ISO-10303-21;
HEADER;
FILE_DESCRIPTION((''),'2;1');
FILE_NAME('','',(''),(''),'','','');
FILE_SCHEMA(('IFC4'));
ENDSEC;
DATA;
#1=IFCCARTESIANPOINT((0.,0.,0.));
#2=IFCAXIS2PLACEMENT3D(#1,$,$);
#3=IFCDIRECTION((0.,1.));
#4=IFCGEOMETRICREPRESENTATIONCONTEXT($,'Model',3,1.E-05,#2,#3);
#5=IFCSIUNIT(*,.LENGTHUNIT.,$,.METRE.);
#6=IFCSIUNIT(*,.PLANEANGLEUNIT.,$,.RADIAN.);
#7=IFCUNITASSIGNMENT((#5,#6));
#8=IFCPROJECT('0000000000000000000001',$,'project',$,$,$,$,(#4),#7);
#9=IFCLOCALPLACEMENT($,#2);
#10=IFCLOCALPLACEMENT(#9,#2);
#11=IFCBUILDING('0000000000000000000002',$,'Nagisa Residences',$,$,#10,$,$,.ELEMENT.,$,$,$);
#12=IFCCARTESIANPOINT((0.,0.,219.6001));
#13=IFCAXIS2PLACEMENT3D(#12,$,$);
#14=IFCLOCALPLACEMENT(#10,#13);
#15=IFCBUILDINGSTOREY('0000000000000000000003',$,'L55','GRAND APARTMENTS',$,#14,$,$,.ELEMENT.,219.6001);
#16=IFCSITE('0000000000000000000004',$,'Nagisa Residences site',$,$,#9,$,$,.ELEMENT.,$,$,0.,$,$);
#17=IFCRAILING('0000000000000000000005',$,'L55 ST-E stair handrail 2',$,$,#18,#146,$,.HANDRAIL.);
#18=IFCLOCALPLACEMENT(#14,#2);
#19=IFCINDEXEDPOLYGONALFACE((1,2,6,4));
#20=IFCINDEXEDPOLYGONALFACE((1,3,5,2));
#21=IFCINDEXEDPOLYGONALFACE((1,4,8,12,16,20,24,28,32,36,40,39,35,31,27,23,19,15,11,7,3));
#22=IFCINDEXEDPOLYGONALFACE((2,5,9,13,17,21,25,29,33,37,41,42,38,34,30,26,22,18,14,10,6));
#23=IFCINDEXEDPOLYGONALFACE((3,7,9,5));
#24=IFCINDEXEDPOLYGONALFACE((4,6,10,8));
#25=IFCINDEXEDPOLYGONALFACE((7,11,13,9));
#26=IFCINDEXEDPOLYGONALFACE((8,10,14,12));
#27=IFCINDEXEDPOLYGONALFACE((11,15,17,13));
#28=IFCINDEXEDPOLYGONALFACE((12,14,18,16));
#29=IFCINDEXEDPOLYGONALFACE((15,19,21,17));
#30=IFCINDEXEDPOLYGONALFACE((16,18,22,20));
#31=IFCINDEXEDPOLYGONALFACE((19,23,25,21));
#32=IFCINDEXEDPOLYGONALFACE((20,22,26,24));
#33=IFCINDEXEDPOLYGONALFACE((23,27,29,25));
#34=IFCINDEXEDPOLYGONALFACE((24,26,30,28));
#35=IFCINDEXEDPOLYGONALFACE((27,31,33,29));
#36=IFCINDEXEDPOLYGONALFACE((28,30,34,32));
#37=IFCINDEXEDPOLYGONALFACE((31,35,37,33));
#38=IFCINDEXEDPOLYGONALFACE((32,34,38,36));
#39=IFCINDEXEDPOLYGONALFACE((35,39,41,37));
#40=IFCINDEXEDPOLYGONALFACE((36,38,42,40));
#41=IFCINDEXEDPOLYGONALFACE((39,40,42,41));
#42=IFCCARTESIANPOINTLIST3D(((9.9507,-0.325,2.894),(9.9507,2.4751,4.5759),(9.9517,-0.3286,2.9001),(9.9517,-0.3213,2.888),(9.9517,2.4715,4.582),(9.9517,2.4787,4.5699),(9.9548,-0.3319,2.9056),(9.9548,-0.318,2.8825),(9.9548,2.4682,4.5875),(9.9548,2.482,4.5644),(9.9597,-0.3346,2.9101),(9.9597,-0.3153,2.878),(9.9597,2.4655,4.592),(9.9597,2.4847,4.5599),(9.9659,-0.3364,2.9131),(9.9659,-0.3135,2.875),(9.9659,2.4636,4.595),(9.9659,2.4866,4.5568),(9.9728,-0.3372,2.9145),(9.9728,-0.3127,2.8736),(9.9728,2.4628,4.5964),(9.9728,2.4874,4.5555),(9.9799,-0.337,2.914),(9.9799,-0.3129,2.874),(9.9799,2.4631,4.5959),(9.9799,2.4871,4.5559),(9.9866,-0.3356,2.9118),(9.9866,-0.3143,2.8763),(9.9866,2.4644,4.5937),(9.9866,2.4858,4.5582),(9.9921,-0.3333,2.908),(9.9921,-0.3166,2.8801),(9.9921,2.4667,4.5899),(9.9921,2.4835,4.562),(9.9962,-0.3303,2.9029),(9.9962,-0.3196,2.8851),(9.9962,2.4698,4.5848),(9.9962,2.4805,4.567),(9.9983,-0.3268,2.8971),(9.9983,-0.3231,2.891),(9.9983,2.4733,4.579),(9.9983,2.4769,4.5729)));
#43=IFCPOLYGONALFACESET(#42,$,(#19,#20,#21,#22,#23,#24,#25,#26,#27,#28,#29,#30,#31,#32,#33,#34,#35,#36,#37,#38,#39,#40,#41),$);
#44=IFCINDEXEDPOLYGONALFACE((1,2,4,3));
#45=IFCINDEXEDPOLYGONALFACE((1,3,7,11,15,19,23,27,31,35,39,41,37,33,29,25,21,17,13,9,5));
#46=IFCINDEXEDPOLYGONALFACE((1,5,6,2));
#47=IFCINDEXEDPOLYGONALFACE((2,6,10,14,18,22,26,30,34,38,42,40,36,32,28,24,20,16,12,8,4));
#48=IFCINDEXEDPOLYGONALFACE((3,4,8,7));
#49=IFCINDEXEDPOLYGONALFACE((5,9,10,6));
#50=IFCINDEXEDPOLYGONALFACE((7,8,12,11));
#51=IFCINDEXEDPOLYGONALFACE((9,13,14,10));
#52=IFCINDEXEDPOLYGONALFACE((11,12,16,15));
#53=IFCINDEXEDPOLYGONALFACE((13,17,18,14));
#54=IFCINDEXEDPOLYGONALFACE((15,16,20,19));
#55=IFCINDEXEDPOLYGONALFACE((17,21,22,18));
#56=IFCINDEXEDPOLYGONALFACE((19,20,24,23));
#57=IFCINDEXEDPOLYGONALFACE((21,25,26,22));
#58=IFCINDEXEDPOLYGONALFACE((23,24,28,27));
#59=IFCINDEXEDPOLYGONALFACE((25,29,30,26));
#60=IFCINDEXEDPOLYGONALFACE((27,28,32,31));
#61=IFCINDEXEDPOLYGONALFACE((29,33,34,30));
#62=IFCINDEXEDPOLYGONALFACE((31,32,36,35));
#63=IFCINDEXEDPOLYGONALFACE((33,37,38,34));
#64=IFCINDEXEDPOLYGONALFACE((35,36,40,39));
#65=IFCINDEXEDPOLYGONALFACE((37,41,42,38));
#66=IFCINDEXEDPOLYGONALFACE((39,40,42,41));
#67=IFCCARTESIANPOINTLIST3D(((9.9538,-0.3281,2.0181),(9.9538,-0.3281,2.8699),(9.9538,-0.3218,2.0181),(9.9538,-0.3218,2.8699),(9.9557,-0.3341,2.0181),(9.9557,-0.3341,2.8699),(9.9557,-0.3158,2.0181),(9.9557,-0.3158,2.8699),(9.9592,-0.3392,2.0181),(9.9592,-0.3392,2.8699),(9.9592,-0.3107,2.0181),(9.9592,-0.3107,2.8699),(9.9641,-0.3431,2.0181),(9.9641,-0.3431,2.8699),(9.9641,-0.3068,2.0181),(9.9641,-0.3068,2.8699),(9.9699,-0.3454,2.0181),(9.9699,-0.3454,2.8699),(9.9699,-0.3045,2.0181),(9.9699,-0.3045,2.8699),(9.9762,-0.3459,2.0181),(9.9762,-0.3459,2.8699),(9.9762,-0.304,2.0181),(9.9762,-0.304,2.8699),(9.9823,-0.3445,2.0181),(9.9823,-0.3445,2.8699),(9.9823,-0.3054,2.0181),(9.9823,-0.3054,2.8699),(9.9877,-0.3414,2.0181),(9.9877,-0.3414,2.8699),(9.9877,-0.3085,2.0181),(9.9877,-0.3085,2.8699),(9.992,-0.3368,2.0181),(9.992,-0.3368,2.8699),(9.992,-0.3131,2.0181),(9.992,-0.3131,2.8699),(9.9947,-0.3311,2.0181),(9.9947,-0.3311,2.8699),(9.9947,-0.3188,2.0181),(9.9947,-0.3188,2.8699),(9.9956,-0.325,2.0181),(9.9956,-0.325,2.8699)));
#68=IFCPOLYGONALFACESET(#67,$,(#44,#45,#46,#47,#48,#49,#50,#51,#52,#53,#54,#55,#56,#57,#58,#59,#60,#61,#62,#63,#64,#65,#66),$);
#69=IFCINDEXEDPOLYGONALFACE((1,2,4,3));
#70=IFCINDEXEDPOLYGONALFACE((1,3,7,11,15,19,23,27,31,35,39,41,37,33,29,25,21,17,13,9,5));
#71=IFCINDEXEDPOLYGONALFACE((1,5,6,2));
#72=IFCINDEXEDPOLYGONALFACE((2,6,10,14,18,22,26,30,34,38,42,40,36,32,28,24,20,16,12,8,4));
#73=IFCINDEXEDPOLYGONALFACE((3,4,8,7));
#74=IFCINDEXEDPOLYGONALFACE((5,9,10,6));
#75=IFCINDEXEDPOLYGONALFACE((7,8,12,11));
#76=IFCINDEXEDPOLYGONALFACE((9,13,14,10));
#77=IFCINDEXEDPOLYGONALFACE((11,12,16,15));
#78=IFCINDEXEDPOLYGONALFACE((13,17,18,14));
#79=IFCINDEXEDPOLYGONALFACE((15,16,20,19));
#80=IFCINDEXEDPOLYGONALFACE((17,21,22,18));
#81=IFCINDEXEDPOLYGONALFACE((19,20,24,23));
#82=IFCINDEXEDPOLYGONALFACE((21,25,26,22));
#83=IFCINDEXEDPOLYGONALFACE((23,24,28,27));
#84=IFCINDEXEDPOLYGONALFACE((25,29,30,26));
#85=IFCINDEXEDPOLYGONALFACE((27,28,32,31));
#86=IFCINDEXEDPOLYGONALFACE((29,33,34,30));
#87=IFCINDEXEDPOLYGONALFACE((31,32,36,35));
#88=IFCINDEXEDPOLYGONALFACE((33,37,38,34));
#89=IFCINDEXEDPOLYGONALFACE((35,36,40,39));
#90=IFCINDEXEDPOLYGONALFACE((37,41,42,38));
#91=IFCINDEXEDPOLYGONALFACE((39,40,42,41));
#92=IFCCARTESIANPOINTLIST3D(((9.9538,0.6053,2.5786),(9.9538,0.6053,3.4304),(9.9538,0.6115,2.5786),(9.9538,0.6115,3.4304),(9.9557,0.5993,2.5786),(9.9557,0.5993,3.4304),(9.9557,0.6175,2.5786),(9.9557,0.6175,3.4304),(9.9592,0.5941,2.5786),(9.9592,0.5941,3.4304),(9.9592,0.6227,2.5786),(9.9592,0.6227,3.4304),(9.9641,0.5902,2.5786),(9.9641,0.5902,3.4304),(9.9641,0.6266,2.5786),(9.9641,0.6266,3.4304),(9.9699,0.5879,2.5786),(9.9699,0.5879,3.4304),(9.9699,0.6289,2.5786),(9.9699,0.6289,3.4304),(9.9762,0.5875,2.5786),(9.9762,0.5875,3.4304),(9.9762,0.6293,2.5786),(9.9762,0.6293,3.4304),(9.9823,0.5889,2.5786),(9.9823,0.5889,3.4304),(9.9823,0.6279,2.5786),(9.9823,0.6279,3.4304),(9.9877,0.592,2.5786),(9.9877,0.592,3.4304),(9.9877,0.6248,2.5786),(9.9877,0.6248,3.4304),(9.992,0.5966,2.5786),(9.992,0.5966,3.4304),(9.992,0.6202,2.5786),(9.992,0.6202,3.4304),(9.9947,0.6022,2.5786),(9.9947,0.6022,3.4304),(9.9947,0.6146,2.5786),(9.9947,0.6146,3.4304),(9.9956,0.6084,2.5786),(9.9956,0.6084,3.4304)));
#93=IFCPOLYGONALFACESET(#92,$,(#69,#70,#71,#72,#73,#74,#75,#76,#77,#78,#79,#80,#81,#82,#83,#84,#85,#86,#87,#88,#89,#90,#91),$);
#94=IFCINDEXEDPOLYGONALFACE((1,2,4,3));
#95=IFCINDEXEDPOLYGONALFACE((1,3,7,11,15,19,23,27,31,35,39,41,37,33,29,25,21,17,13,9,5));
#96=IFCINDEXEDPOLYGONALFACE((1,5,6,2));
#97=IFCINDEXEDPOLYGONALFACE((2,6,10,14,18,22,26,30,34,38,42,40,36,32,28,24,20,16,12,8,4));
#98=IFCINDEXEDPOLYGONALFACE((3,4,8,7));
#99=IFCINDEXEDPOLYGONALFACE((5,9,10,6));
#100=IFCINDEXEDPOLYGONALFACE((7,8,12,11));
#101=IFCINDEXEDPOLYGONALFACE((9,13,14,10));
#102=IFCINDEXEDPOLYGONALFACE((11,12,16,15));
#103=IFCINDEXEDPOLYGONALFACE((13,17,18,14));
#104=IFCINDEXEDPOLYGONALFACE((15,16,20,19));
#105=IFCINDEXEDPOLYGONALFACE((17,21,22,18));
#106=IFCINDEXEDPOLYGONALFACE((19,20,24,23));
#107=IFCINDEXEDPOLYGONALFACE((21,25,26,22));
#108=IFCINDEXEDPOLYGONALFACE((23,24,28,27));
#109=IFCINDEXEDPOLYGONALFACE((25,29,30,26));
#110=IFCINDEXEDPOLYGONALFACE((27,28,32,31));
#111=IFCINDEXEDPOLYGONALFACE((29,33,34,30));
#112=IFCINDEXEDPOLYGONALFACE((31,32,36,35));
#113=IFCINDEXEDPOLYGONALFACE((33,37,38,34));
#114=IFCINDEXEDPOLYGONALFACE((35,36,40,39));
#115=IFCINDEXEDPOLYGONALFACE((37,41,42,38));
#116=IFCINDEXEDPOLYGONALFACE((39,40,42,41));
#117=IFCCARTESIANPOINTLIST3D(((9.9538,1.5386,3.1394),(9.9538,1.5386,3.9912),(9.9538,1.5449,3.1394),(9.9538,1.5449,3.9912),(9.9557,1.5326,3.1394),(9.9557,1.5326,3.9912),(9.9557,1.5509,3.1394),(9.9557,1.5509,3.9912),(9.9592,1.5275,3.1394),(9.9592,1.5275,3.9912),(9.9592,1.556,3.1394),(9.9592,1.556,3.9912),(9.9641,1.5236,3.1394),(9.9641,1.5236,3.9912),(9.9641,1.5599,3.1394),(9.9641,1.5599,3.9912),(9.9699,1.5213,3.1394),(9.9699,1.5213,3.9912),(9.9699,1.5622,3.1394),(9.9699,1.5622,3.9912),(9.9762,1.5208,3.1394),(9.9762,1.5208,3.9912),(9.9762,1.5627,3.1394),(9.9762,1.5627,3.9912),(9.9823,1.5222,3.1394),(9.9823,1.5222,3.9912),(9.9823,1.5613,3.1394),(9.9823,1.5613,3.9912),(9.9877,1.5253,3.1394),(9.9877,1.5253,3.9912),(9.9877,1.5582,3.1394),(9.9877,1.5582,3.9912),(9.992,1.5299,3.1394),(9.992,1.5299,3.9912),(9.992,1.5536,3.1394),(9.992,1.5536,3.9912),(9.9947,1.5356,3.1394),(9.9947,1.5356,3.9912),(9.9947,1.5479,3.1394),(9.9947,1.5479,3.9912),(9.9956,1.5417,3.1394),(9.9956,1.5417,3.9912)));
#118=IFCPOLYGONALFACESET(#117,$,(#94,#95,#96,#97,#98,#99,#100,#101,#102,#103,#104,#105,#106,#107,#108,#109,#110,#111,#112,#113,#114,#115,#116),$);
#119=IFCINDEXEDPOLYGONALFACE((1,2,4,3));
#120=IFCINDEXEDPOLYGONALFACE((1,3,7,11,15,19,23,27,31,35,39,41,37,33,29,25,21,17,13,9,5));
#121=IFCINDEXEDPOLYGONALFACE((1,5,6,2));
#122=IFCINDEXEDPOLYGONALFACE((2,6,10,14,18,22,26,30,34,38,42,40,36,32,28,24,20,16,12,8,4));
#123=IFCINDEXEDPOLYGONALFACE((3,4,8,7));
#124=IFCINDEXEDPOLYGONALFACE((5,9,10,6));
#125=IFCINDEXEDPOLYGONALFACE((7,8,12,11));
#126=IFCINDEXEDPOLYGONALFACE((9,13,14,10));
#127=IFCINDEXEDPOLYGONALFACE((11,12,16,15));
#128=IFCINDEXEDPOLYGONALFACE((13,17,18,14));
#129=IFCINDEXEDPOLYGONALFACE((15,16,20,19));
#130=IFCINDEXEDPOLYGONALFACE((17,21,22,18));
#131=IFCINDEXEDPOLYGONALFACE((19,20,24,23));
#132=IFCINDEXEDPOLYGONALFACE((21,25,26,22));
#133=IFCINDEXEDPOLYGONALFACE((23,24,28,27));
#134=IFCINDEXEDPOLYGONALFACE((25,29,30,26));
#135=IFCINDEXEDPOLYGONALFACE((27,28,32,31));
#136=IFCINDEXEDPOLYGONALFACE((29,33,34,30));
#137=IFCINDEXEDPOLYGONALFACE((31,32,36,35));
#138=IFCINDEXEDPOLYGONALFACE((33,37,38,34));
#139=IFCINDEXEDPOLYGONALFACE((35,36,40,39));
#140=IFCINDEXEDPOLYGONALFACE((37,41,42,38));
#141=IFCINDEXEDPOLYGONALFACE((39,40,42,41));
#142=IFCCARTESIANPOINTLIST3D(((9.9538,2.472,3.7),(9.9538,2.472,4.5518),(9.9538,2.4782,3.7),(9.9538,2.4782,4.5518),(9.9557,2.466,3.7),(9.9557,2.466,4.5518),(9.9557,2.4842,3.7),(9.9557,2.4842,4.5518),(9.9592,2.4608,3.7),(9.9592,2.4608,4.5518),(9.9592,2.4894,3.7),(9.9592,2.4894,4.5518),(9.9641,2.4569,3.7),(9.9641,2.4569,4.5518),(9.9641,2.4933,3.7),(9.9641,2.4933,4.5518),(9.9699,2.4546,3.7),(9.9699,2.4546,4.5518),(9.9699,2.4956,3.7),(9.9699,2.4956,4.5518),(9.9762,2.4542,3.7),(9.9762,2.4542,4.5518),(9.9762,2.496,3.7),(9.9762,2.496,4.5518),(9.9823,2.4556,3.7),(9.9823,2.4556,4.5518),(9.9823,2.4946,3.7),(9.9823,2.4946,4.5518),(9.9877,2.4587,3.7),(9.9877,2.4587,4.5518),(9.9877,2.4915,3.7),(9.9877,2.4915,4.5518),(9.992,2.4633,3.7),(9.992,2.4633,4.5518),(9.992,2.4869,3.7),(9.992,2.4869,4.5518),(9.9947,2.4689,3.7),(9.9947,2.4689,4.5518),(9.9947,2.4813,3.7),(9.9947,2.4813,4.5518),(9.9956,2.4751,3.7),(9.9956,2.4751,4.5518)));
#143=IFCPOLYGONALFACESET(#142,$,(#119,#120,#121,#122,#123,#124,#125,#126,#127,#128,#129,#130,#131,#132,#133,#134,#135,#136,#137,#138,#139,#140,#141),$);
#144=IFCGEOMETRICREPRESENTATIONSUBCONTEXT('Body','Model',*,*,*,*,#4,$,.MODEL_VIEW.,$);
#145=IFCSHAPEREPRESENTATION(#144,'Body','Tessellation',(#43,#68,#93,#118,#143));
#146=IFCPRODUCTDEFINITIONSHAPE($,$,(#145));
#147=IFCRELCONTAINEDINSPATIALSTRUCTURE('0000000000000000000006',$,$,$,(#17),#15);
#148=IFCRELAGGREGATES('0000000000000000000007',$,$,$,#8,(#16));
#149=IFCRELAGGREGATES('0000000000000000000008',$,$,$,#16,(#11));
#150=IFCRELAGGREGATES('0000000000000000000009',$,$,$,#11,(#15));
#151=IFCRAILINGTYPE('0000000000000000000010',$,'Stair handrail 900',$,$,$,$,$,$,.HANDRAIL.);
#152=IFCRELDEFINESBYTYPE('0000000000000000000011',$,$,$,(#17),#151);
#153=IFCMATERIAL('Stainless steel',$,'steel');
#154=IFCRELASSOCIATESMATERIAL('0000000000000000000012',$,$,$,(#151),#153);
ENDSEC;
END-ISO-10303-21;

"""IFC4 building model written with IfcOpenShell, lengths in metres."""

from ifc_helpers import new_model, si_unit, direction, frame, origin, origin_2d, place, context, subcontext, project, spatial, circle, extrude, material, type_object, element, save


model = new_model("IFC4")

# Units and contexts
model_context = context("Model", 3, precision=1e-05, world=origin(), true_north=direction((0.0, 1.0)))
body_context = subcontext(model_context, "Body", "Model", "MODEL_VIEW")
ifc_project = project(units=[si_unit("LENGTHUNIT", "METRE"), si_unit("PLANEANGLEUNIT", "RADIAN")], contexts=[model_context])

# Site, building, storey
site_placement = place(None, origin())
site = spatial("IfcSite", under=ifc_project, at=site_placement, Name="Nagisa Residences site", CompositionType="ELEMENT", RefElevation=0.0)
building_placement = place(site_placement, origin())
building = spatial("IfcBuilding", under=site, at=building_placement, Name="Nagisa Residences", CompositionType="ELEMENT")
storey_placement = place(building_placement, frame((0.0, 0.0, 219.6001)))
storey = spatial("IfcBuildingStorey", under=building, at=storey_placement, Name="L55", Description="GRAND APARTMENTS", CompositionType="ELEMENT", Elevation=219.6001)

# Railing
ifc_material_1 = material(Name="Stainless steel", Category="steel")
railing_type_1 = type_object("IfcRailingType", Name="Stair handrail 900", PredefinedType="HANDRAIL", material=ifc_material_1)
railing_1_placement = place(storey_placement, frame((9.9746, -0.325, 2.0181)))
element("IfcRailing", 1, at=railing_1_placement, inside=storey, type_object=railing_type_1, Name="L55 ST-E stair handrail 2", PredefinedType="HANDRAIL", context=body_context, shape_type="SweptSolid", body=[
    extrude(circle(Radius=0.0239, at=origin_2d()), frame((0.0, 0.0, 0.876), z_axis=(0.0, 0.857242, 0.514913), x_axis=(-1.0, 0.0, 0.0)), (0.0, 0.0, 1.0), 3.2664),
    extrude(circle(Radius=0.021, at=origin_2d()), origin(), (0.0, 0.0, 1.0), 0.8518),
    extrude(circle(Radius=0.021, at=origin_2d()), frame((0.0, 0.9333, 0.5605)), (0.0, 0.0, 1.0), 0.8518),
    extrude(circle(Radius=0.021, at=origin_2d()), frame((0.0, 1.8667, 1.1213)), (0.0, 0.0, 1.0), 0.8518),
    extrude(circle(Radius=0.021, at=origin_2d()), frame((0.0, 2.8, 1.6819)), (0.0, 0.0, 1.0), 0.8518),
])

save(model, "model.ifc")
